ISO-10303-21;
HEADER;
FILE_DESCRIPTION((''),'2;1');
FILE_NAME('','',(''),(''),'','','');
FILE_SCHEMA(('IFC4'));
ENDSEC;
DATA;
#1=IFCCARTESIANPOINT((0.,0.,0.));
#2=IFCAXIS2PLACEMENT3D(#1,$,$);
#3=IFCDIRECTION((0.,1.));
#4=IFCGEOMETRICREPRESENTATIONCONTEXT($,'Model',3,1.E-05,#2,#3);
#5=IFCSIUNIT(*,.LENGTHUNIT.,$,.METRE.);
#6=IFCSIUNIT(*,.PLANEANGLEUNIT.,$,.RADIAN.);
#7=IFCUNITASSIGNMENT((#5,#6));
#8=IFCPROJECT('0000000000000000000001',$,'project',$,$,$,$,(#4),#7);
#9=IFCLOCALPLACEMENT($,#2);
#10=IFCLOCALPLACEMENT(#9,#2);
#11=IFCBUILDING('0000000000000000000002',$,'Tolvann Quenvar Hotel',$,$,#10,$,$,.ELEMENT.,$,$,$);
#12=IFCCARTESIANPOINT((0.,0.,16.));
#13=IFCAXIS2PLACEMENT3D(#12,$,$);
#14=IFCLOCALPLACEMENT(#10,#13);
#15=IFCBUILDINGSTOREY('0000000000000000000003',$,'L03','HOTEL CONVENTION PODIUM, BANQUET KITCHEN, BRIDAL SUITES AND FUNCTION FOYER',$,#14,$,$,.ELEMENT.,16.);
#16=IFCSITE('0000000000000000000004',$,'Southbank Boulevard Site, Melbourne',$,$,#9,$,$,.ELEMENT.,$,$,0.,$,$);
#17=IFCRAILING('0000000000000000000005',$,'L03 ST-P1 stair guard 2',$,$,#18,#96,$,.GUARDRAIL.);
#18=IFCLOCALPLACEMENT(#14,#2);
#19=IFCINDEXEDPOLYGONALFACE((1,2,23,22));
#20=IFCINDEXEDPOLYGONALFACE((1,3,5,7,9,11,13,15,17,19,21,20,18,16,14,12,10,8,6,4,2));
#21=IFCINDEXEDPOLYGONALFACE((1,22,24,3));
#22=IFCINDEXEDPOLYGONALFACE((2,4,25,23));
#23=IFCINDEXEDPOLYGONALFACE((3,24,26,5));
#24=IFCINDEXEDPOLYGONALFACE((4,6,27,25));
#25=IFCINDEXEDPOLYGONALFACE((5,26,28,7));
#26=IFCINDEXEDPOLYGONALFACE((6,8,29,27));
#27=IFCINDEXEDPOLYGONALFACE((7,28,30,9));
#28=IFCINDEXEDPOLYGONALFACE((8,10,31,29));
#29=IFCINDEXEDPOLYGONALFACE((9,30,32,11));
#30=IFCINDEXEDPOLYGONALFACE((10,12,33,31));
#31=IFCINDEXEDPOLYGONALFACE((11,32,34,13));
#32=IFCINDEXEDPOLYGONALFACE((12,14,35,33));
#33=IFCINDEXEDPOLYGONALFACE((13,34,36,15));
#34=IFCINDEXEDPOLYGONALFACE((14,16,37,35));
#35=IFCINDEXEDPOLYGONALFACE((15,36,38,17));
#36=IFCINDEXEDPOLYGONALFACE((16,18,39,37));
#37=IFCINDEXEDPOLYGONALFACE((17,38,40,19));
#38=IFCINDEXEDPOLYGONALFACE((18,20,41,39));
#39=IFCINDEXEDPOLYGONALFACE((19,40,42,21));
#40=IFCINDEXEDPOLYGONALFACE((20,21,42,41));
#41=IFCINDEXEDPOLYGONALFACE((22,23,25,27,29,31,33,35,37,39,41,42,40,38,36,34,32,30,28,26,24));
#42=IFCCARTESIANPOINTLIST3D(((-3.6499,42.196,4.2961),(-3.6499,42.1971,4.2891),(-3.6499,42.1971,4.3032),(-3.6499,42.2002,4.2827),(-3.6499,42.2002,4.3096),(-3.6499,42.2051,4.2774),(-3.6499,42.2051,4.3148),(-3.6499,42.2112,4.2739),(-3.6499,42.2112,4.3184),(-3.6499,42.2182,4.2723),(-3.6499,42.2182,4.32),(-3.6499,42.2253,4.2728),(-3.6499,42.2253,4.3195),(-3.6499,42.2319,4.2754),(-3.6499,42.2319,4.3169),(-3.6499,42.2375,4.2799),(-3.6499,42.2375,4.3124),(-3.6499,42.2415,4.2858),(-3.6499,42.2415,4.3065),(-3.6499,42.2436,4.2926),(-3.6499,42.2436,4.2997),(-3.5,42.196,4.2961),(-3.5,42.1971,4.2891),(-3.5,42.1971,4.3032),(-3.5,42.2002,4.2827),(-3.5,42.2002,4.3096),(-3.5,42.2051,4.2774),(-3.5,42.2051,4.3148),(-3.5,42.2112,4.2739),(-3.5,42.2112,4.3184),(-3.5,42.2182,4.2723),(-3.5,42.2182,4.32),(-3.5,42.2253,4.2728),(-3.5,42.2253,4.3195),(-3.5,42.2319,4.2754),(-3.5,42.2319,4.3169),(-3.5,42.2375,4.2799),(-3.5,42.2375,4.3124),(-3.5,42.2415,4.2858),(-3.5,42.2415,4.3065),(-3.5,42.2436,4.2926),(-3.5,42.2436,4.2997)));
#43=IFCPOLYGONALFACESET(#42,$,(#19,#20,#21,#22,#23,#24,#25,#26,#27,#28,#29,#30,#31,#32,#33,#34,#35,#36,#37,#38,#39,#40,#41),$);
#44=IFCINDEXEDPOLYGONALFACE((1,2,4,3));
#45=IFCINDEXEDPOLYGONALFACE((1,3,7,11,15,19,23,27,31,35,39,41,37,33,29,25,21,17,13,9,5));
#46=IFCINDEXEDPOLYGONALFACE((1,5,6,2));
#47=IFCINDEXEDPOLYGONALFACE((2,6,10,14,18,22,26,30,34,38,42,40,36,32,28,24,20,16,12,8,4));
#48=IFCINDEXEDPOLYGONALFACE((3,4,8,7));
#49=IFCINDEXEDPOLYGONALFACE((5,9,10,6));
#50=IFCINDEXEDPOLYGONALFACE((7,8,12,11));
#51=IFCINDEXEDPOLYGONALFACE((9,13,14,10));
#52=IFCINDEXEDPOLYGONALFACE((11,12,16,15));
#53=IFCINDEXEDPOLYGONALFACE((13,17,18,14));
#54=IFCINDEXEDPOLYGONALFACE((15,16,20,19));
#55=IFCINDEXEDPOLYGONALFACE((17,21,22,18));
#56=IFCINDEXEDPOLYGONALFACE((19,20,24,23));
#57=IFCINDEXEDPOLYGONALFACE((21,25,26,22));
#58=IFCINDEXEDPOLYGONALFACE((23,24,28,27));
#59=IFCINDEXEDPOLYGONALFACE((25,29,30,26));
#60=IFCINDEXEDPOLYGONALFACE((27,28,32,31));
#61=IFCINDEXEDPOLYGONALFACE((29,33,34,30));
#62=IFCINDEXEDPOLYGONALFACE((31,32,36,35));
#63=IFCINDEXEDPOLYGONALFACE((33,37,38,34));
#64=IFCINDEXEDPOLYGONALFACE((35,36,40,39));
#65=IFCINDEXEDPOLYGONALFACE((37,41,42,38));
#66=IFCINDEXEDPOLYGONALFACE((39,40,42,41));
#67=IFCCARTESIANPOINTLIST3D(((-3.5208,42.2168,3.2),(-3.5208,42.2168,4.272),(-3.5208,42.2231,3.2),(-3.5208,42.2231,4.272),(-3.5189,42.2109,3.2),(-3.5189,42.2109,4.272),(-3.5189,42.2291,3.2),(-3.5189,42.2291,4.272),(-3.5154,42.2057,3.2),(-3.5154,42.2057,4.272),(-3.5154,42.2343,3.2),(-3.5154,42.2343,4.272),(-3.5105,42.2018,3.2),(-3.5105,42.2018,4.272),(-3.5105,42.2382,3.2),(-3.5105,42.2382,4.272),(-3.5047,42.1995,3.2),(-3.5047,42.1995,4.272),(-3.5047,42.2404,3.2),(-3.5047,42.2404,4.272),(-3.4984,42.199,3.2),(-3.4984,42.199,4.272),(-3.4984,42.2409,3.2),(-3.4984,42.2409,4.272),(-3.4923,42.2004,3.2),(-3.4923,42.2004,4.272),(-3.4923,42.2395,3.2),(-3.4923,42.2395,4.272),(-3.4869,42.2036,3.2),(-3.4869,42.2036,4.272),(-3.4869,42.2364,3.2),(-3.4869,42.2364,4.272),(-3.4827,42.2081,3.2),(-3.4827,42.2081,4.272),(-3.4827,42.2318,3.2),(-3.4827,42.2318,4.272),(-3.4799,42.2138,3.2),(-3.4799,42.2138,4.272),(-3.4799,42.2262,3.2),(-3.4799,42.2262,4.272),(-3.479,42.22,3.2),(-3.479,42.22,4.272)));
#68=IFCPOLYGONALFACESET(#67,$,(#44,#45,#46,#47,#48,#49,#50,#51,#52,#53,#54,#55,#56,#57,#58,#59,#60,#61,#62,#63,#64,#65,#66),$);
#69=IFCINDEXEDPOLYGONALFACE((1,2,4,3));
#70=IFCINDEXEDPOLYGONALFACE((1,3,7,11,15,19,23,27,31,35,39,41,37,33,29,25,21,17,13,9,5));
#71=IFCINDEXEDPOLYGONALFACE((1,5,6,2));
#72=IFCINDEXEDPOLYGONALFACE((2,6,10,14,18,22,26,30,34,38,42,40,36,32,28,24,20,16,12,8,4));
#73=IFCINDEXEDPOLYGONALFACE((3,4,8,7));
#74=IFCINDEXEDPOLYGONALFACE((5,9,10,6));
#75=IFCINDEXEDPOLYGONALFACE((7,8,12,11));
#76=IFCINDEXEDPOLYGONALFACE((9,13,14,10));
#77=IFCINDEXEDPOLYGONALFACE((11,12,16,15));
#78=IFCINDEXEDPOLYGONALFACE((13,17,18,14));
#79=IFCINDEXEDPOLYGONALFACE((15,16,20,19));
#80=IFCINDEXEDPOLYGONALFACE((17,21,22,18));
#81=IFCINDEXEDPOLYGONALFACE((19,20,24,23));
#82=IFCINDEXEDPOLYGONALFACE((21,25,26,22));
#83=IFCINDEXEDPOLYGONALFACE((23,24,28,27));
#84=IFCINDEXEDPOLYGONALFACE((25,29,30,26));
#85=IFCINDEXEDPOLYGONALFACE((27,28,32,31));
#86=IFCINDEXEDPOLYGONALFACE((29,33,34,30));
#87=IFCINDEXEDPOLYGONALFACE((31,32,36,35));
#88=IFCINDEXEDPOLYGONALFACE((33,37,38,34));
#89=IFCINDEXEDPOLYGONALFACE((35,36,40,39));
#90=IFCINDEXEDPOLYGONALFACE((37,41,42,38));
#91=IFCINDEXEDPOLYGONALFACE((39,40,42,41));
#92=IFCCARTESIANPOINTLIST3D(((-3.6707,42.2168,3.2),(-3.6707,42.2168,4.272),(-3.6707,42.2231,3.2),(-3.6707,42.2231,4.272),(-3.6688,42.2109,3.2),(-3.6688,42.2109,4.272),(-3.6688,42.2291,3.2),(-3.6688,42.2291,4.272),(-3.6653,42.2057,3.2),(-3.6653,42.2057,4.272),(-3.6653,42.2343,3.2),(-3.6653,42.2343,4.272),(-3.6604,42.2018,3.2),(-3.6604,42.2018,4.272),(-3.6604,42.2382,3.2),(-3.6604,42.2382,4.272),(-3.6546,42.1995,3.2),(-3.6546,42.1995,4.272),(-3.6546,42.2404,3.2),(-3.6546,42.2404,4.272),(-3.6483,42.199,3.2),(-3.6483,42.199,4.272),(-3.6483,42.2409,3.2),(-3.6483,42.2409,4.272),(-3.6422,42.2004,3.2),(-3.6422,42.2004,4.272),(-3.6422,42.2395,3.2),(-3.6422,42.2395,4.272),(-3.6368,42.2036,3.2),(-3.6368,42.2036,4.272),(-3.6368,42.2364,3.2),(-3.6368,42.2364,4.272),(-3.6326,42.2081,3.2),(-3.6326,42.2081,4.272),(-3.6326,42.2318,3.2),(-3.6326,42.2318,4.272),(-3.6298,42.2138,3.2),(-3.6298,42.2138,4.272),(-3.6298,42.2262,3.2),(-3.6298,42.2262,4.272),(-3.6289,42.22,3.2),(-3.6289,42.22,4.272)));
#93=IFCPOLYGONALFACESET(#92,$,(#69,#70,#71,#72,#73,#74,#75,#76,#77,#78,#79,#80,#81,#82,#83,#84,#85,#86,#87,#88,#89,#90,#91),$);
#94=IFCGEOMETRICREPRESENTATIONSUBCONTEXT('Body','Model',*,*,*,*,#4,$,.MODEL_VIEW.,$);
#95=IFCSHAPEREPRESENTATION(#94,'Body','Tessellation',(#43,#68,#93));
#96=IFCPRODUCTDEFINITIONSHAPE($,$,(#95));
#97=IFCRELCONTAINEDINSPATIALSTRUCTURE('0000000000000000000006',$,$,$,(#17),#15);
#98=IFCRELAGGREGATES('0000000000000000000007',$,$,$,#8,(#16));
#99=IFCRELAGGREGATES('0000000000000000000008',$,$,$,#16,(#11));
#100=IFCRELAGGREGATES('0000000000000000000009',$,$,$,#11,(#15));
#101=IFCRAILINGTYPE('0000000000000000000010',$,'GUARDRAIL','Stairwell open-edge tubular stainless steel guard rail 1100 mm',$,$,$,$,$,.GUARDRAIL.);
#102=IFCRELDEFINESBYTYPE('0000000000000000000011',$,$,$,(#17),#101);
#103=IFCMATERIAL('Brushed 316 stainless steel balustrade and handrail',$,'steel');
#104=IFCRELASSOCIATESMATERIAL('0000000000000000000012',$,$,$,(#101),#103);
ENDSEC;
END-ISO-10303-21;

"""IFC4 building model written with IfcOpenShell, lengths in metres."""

from ifc_helpers import new_model, si_unit, direction, frame, origin, origin_2d, place, context, subcontext, project, spatial, circle, extrude, material, type_object, element, save


model = new_model("IFC4")

# Units and contexts
model_context = context("Model", 3, precision=1e-05, world=origin(), true_north=direction((0.0, 1.0)))
body_context = subcontext(model_context, "Body", "Model", "MODEL_VIEW")
ifc_project = project(units=[si_unit("LENGTHUNIT", "METRE"), si_unit("PLANEANGLEUNIT", "RADIAN")], contexts=[model_context])

# Site, building, storey
site_placement = place(None, origin())
site = spatial("IfcSite", under=ifc_project, at=site_placement, Name="Southbank Boulevard Site, Melbourne", CompositionType="ELEMENT", RefElevation=0.0)
building_placement = place(site_placement, origin())
building = spatial("IfcBuilding", under=site, at=building_placement, Name="Tolvann Quenvar Hotel", CompositionType="ELEMENT")
storey_placement = place(building_placement, frame((0.0, 0.0, 16.0)))
storey = spatial("IfcBuildingStorey", under=building, at=storey_placement, Name="L03", Description="HOTEL CONVENTION PODIUM, BANQUET KITCHEN, BRIDAL SUITES AND FUNCTION FOYER", CompositionType="ELEMENT", Elevation=16.0)

# Railing
ifc_material_1 = material(Name="Brushed 316 stainless steel balustrade and handrail", Category="steel")
railing_type = type_object("IfcRailingType", Name="GUARDRAIL", Description="Stairwell open-edge tubular stainless steel guard rail 1100 mm", PredefinedType="GUARDRAIL", material=ifc_material_1)
railing_1_placement = place(storey_placement, frame((-3.5, 42.22, 3.2)))
element("IfcRailing", 1, at=railing_1_placement, inside=storey, type_object=railing_type, Name="L03 ST-P1 stair guard 2", PredefinedType="GUARDRAIL", context=body_context, shape_type="SweptSolid", body=[
    extrude(circle(Radius=0.0239, at=origin_2d()), frame((0.0, 0.0, 1.0962), z_axis=(-1.0, 0.0, 0.0), x_axis=(0.0, -1.0, 0.0)), (0.0, 0.0, 1.0), 0.1499),
    extrude(circle(Radius=0.021, at=origin_2d()), origin(), (0.0, 0.0, 1.0), 1.072),
    extrude(circle(Radius=0.021, at=origin_2d()), frame((-0.1499, 0.0, 0.0)), (0.0, 0.0, 1.0), 1.072),
])

save(model, "model.ifc")
